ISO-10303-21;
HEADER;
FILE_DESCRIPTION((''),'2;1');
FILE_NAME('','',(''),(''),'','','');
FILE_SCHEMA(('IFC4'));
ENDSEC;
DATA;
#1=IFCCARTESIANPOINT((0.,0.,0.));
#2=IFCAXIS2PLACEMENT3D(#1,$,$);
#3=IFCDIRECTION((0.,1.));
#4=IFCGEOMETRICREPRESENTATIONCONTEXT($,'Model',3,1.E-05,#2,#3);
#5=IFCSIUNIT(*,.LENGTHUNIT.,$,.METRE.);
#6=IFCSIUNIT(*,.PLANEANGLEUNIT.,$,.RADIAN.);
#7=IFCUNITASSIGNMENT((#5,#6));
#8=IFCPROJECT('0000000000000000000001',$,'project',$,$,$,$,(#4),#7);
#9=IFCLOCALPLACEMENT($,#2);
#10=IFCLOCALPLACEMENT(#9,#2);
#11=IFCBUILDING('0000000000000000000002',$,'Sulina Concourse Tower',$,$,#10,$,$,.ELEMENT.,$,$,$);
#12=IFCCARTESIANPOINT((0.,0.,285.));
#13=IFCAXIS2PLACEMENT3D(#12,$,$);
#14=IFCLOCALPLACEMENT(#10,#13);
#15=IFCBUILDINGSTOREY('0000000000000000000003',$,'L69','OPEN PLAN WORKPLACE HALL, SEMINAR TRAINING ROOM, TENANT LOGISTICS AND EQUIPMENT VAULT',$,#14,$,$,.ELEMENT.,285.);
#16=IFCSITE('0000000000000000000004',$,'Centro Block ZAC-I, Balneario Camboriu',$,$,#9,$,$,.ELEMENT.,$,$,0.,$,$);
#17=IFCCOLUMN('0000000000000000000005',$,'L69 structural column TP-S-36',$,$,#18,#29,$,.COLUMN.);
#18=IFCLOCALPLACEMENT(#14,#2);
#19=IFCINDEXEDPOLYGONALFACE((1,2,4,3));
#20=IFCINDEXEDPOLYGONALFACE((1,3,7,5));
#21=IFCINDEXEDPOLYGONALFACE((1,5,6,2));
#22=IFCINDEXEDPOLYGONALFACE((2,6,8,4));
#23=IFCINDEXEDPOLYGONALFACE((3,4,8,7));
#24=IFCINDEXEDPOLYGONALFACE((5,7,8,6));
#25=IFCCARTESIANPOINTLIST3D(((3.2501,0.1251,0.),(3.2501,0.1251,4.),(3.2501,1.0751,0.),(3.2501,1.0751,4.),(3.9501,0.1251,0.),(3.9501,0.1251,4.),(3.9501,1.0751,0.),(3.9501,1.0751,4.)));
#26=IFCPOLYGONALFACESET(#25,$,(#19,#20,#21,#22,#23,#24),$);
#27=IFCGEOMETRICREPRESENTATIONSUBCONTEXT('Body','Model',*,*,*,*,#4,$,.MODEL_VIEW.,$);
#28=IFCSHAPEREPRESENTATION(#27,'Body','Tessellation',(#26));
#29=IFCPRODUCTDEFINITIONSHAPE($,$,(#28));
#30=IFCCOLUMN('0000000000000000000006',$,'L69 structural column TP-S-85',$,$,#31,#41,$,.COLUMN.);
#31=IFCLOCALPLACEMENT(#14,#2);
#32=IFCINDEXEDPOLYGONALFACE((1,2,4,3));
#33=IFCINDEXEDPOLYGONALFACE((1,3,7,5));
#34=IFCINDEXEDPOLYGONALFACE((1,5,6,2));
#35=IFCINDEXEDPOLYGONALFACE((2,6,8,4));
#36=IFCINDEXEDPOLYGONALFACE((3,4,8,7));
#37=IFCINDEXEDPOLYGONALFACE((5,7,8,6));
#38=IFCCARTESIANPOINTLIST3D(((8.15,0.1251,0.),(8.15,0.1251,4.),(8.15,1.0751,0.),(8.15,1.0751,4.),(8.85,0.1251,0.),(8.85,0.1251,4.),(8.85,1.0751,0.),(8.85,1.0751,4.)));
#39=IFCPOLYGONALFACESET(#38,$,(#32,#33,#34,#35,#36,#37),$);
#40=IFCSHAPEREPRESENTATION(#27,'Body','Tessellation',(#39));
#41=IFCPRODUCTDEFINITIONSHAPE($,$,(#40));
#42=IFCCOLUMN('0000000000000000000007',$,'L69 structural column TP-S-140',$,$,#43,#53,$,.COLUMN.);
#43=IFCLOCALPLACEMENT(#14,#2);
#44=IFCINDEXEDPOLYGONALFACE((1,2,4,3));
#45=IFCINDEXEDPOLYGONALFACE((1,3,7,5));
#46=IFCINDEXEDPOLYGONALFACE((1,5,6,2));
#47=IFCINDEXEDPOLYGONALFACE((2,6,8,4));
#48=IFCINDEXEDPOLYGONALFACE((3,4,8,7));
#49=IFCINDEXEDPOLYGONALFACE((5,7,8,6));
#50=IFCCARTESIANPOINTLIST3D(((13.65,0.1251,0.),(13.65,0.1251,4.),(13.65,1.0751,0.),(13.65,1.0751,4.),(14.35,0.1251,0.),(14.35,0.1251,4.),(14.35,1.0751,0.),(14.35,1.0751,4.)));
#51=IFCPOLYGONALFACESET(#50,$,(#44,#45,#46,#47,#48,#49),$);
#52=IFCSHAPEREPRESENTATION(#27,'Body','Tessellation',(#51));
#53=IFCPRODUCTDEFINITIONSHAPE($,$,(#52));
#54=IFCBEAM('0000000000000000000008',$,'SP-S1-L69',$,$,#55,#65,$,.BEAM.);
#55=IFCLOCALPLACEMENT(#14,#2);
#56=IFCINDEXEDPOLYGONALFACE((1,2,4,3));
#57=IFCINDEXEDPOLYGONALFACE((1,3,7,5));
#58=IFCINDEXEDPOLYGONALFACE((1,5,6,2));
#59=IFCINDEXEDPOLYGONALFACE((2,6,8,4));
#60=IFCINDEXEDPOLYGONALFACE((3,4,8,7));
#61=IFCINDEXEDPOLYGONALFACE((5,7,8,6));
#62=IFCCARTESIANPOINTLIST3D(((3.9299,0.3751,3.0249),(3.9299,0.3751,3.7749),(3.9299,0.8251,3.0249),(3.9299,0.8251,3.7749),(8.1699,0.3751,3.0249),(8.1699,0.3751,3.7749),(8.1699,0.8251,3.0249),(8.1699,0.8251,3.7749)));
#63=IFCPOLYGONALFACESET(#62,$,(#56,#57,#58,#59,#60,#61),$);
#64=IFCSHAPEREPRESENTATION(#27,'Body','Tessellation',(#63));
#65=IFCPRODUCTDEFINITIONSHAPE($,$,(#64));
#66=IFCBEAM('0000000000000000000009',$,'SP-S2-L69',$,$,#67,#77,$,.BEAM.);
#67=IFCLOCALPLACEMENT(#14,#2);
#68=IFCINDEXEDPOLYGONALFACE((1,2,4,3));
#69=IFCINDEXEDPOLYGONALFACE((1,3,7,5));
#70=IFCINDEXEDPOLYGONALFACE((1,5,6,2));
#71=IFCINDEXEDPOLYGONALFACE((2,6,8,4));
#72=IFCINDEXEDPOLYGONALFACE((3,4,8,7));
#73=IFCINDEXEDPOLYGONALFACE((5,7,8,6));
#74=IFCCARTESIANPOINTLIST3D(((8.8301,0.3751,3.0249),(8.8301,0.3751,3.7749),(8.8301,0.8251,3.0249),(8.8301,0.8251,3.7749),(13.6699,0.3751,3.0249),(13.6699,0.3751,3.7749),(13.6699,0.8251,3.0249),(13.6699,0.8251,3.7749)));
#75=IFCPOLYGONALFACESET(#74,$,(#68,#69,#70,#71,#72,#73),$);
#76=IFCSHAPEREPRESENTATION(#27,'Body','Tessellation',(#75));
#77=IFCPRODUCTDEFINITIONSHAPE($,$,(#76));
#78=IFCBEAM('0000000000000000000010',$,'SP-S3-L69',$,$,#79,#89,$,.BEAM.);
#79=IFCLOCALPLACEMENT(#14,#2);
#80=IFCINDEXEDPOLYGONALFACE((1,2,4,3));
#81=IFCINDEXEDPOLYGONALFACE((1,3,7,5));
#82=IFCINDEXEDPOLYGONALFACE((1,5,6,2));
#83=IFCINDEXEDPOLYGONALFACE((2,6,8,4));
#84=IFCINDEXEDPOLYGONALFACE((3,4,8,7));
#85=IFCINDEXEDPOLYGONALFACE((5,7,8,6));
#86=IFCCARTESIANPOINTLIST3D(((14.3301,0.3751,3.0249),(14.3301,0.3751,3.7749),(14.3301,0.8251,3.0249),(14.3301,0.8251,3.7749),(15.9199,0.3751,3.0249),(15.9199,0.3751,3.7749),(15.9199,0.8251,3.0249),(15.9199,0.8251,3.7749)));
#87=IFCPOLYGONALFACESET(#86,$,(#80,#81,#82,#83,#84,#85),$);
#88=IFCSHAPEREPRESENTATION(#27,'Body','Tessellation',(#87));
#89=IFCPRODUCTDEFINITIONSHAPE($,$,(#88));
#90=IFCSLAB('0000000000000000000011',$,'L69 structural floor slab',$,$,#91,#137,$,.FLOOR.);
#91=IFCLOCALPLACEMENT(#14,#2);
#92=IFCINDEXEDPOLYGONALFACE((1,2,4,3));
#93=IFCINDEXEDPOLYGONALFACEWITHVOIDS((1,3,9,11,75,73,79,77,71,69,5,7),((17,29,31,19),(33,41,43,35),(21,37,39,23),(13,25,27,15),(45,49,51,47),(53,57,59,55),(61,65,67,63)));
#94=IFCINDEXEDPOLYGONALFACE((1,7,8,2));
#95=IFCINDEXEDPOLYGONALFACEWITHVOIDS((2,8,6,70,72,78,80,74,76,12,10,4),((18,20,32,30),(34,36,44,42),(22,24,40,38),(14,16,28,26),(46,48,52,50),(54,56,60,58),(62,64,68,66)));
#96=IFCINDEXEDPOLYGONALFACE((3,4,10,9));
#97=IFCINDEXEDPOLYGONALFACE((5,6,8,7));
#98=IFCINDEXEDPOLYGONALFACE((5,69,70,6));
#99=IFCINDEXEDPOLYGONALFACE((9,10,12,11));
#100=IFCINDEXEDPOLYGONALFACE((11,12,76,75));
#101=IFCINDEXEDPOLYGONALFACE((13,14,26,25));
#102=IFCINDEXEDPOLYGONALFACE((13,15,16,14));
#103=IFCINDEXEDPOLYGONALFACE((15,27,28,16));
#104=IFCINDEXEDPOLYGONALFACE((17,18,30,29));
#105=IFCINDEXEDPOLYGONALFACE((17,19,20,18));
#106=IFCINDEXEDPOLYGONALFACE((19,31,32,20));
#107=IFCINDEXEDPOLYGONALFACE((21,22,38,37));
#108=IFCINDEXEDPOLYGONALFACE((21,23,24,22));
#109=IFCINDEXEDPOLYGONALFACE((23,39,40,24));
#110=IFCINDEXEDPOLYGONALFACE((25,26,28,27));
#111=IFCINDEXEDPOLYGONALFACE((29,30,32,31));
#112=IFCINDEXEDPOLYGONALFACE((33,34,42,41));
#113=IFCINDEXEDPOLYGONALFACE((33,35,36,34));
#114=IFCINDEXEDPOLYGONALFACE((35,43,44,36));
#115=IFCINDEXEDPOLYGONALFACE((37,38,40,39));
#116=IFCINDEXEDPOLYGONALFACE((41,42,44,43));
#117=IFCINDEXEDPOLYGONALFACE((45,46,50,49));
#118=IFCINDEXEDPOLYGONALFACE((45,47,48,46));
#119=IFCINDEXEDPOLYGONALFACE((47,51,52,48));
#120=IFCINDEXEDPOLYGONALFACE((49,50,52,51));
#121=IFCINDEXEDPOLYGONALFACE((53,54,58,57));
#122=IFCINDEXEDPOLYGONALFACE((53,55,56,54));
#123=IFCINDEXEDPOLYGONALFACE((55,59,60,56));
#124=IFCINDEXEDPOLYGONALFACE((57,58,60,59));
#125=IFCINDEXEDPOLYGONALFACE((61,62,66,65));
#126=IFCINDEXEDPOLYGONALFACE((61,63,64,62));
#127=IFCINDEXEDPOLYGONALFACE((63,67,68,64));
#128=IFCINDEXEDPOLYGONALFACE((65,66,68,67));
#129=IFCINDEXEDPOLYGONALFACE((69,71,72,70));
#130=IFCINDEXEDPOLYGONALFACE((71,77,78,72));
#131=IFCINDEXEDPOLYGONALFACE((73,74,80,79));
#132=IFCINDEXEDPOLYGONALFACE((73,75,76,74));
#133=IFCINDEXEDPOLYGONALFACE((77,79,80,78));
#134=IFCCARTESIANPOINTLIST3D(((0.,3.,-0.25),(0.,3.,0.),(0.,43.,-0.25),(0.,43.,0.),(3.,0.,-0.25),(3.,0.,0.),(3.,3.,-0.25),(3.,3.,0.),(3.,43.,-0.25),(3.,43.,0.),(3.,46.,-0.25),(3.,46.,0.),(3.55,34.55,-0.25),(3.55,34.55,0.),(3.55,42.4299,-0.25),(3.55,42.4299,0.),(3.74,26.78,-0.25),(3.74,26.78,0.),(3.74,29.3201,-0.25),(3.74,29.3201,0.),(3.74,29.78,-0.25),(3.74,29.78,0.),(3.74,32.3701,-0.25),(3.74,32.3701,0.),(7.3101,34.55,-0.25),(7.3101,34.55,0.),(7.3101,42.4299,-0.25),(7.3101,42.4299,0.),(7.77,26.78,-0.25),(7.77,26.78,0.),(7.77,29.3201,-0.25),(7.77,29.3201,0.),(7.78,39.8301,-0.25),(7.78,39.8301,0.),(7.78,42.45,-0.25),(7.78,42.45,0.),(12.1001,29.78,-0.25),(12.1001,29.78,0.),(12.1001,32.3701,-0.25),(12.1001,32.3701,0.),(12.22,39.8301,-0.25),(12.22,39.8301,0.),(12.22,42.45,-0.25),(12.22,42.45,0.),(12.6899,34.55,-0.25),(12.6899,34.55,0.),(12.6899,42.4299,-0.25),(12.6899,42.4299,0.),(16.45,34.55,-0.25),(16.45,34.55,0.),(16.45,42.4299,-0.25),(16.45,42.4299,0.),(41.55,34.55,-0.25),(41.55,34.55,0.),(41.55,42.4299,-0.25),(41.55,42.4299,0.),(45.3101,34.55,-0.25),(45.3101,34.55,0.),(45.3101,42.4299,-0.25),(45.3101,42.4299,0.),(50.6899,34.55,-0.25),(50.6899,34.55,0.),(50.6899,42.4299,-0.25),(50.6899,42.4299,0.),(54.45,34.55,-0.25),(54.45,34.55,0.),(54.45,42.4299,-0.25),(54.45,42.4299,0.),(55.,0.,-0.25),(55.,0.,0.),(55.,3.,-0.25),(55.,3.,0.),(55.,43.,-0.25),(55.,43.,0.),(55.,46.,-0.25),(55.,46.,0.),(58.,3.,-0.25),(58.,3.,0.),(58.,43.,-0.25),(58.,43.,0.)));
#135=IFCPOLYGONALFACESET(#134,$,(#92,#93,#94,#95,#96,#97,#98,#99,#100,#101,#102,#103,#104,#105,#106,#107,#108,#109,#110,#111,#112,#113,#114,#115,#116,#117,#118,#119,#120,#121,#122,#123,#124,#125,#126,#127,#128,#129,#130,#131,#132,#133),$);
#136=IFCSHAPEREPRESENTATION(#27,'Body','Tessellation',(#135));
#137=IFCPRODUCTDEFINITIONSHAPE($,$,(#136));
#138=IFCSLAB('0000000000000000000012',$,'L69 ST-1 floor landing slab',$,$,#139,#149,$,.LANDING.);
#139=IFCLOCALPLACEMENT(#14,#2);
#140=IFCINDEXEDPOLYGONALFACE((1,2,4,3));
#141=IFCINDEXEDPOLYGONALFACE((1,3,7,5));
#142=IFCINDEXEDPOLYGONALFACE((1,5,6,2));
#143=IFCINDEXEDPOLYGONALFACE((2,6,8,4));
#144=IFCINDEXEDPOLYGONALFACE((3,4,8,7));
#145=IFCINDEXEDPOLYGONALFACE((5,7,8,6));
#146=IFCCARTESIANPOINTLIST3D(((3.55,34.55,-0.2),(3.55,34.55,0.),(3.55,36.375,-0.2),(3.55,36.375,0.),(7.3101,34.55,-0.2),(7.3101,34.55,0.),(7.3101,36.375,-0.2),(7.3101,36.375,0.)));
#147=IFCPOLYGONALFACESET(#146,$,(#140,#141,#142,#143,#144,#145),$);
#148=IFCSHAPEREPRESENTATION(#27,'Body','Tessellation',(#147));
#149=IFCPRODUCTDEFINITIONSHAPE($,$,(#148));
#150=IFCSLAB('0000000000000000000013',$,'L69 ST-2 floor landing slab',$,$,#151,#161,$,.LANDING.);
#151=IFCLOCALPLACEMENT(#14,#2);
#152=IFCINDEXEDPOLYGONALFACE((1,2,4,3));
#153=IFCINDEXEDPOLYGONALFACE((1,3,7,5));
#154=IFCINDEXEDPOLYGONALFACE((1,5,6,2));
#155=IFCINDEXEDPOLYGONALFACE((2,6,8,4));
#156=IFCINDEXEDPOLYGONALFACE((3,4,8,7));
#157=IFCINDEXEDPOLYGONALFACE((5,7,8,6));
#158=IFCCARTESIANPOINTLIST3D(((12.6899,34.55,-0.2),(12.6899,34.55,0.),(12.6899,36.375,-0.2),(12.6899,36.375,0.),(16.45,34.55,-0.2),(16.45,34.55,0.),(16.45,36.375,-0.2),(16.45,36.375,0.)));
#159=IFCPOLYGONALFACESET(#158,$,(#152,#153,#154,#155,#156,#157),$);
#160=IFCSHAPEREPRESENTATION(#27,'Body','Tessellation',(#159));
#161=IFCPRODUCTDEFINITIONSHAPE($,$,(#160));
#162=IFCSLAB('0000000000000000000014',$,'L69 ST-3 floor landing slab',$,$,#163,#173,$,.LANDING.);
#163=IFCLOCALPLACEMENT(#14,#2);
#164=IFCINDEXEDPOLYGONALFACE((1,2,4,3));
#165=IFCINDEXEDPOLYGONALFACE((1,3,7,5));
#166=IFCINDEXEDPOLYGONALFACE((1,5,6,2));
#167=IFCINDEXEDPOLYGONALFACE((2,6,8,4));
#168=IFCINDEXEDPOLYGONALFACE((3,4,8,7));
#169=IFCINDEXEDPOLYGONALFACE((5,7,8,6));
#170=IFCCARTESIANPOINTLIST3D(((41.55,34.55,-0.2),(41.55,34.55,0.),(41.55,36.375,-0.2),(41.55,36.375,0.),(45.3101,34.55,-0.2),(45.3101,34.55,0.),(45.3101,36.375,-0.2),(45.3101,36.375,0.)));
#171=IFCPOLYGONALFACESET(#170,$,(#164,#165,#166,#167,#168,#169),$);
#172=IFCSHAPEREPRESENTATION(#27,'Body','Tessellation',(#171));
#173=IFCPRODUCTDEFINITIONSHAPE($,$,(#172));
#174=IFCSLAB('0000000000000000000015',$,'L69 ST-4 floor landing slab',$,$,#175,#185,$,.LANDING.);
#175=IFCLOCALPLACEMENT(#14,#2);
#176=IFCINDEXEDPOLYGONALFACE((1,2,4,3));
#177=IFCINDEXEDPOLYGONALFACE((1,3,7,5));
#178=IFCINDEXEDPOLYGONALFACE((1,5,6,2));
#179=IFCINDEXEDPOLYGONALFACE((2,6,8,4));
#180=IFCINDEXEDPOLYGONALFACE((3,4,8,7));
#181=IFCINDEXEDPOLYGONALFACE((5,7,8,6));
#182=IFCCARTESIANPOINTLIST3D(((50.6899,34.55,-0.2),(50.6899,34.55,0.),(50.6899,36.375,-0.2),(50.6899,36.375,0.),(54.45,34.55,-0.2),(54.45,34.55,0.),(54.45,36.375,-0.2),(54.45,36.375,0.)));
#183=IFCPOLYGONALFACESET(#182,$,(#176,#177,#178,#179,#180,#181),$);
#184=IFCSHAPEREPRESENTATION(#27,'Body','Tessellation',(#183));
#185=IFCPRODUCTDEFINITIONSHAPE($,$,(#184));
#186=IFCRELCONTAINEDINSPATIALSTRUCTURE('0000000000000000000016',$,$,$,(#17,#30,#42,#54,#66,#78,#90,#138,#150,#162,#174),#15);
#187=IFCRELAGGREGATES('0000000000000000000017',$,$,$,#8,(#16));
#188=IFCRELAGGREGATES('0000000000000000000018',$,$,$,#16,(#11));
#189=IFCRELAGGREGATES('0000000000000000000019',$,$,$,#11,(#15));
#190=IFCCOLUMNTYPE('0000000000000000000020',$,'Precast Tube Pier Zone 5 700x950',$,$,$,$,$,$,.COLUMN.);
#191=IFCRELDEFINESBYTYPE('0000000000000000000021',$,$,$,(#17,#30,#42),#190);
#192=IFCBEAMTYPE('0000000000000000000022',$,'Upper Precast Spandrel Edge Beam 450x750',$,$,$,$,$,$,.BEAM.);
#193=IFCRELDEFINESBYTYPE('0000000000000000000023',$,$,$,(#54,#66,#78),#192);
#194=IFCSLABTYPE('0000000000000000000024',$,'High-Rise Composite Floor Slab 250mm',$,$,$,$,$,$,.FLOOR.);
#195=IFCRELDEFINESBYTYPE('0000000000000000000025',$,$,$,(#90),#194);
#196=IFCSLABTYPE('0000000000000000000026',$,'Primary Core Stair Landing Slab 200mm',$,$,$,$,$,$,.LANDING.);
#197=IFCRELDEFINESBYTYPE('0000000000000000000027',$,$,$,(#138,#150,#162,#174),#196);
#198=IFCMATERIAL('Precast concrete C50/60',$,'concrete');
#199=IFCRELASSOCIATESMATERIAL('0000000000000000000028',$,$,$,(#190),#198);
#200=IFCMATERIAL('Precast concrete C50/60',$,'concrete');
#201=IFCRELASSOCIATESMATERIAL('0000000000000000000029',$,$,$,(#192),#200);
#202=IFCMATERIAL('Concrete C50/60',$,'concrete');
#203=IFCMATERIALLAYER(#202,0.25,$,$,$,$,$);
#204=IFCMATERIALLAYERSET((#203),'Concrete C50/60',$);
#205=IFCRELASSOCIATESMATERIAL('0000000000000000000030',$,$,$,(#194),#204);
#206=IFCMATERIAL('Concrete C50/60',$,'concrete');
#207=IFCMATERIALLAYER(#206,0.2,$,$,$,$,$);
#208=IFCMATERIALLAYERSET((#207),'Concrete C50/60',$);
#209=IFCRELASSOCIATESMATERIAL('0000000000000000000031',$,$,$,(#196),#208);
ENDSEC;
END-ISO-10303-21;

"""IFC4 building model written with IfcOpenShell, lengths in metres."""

from ifc_helpers import new_model, si_unit, direction, frame, origin, origin_2d, place, context, subcontext, project, spatial, polyline, rectangle, outline, extrude, material, layer, layer_set, material_profile, profile_set, type_object, element, save


model = new_model("IFC4")

# Units and contexts
model_context = context("Model", 3, precision=1e-05, world=origin(), true_north=direction((0.0, 1.0)))
body_context = subcontext(model_context, "Body", "Model", "MODEL_VIEW")
ifc_project = project(units=[si_unit("LENGTHUNIT", "METRE"), si_unit("PLANEANGLEUNIT", "RADIAN")], contexts=[model_context])

# Site, building, storey
site_placement = place(None, origin())
site = spatial("IfcSite", under=ifc_project, at=site_placement, Name="Centro Block ZAC-I, Balneario Camboriu", CompositionType="ELEMENT", RefElevation=0.0)
building_placement = place(site_placement, origin())
building = spatial("IfcBuilding", under=site, at=building_placement, Name="Sulina Concourse Tower", CompositionType="ELEMENT")
storey_placement = place(building_placement, frame((0.0, 0.0, 285.0)))
storey = spatial("IfcBuildingStorey", under=building, at=storey_placement, Name="L69", Description="OPEN PLAN WORKPLACE HALL, SEMINAR TRAINING ROOM, TENANT LOGISTICS AND EQUIPMENT VAULT", CompositionType="ELEMENT", Elevation=285.0)

# Columns
ifc_material_1 = material(Name="Precast concrete C50/60", Category="concrete")
ifc_material_profile_1 = material_profile(ifc_material_1, rectangle(XDim=0.7, YDim=0.95, at=origin_2d()), Name="PC 700x950")
ifc_profile_set_1 = profile_set([ifc_material_profile_1], Name="Precast concrete C50/60")
column_type = type_object("IfcColumnType", Name="Precast Tube Pier Zone 5 700x950", PredefinedType="COLUMN", material=ifc_profile_set_1)
for number, where, z_axis, x_axis, name in (
    (1, (3.6001, 0.6001, 0.0), (0.0, 0.0, 1.0), (1.0, 0.0, 0.0), "L69 structural column TP-S-36"),
    (2, (8.5, 0.6001, 0.0), (0.0, 0.0, 1.0), (1.0, 0.0, 0.0), "L69 structural column TP-S-85"),
    (3, (14.0, 0.6001, 0.0), (0.0, 0.0, 1.0), (1.0, 0.0, 0.0), "L69 structural column TP-S-140"),
):
    element("IfcColumn", number, at=place(storey_placement, frame(where, z_axis=z_axis, x_axis=x_axis)), inside=storey, type_object=column_type, Name=name, PredefinedType="COLUMN", context=body_context, shape_type="SweptSolid", body=[
        extrude(rectangle(XDim=0.7, YDim=0.95, at=origin_2d()), origin(), (0.0, 0.0, 1.0), 4.0),
    ])

# Beams
ifc_material_2 = material(Name="Precast concrete C50/60", Category="concrete")
ifc_material_profile_2 = material_profile(ifc_material_2, rectangle(XDim=0.45, YDim=0.75, at=origin_2d()), Name="RC 450x750")
ifc_profile_set_2 = profile_set([ifc_material_profile_2], Name="Precast concrete C50/60")
beam_type = type_object("IfcBeamType", Name="Upper Precast Spandrel Edge Beam 450x750", PredefinedType="BEAM", material=ifc_profile_set_2)
beam_1_placement = place(storey_placement, frame((3.9299, 0.6001, 3.3999), z_axis=(1.0, 0.0, 0.0), x_axis=(0.0, 1.0, 0.0)))
element("IfcBeam", 4, at=beam_1_placement, inside=storey, type_object=beam_type, Name="SP-S1-L69", PredefinedType="BEAM", context=body_context, shape_type="SweptSolid", body=[
    extrude(rectangle(XDim=0.45, YDim=0.75, at=origin_2d()), origin(), (0.0, 0.0, 1.0), 4.24),
])
beam_2_placement = place(storey_placement, frame((8.8301, 0.6001, 3.3999), z_axis=(1.0, 0.0, 0.0), x_axis=(0.0, 1.0, 0.0)))
element("IfcBeam", 5, at=beam_2_placement, inside=storey, type_object=beam_type, Name="SP-S2-L69", PredefinedType="BEAM", context=body_context, shape_type="SweptSolid", body=[
    extrude(rectangle(XDim=0.45, YDim=0.75, at=origin_2d()), origin(), (0.0, 0.0, 1.0), 4.8398),
])
beam_3_placement = place(storey_placement, frame((14.3301, 0.6001, 3.3999), z_axis=(1.0, 0.0, 0.0), x_axis=(0.0, 1.0, 0.0)))
element("IfcBeam", 6, at=beam_3_placement, inside=storey, type_object=beam_type, Name="SP-S3-L69", PredefinedType="BEAM", context=body_context, shape_type="SweptSolid", body=[
    extrude(rectangle(XDim=0.45, YDim=0.75, at=origin_2d()), origin(), (0.0, 0.0, 1.0), 1.5898),
])

# Slabs
ifc_material_3 = material(Name="Concrete C50/60", Category="concrete")
ifc_layer_1 = layer(ifc_material_3, 0.25)
ifc_layer_set_1 = layer_set([ifc_layer_1], Name="Concrete C50/60")
slab_type_1 = type_object("IfcSlabType", Name="High-Rise Composite Floor Slab 250mm", PredefinedType="FLOOR", material=ifc_layer_set_1)
slab_1_placement = place(storey_placement, frame((0.0, 0.0, -0.25)))
element("IfcSlab", 7, at=slab_1_placement, inside=storey, type_object=slab_type_1, Name="L69 structural floor slab", PredefinedType="FLOOR", context=body_context, shape_type="SweptSolid", body=[
    extrude(outline(polyline([(3.0, 0.0), (55.0, 0.0), (55.0, 3.0), (58.0, 3.0), (58.0, 43.0), (55.0, 43.0), (55.0, 46.0), (3.0, 46.0), (3.0, 43.0), (0.0, 43.0), (0.0, 3.0), (3.0, 3.0), (3.0, 0.0)]), holes=[polyline([(7.3101, 34.55), (7.3101, 42.4299), (3.55, 42.4299), (3.55, 34.55), (7.3101, 34.55)]), polyline([(16.45, 34.55), (16.45, 42.4299), (12.6899, 42.4299), (12.6899, 34.55), (16.45, 34.55)]), polyline([(45.3101, 34.55), (45.3101, 42.4299), (41.55, 42.4299), (41.55, 34.55), (45.3101, 34.55)]), polyline([(54.45, 34.55), (54.45, 42.4299), (50.6899, 42.4299), (50.6899, 34.55), (54.45, 34.55)]), polyline([(7.78, 39.8301), (12.22, 39.8301), (12.22, 42.45), (7.78, 42.45), (7.78, 39.8301)]), polyline([(3.74, 26.78), (7.77, 26.78), (7.77, 29.3201), (3.74, 29.3201), (3.74, 26.78)]), polyline([(3.74, 29.78), (12.1001, 29.78), (12.1001, 32.3701), (3.74, 32.3701), (3.74, 29.78)])]), origin(), (0.0, 0.0, 1.0), 0.25),
])
ifc_material_4 = material(Name="Concrete C50/60", Category="concrete")
ifc_layer_2 = layer(ifc_material_4, 0.2)
ifc_layer_set_2 = layer_set([ifc_layer_2], Name="Concrete C50/60")
slab_type_2 = type_object("IfcSlabType", Name="Primary Core Stair Landing Slab 200mm", PredefinedType="LANDING", material=ifc_layer_set_2)
slab_2_placement = place(storey_placement, frame((0.0, 0.0, -0.2)))
element("IfcSlab", 8, at=slab_2_placement, inside=storey, type_object=slab_type_2, Name="L69 ST-1 floor landing slab", PredefinedType="LANDING", context=body_context, shape_type="SweptSolid", body=[
    extrude(outline(polyline([(7.3101, 34.55), (7.3101, 36.375), (3.55, 36.375), (3.55, 34.55), (7.3101, 34.55)])), origin(), (0.0, 0.0, 1.0), 0.2),
])
slab_3_placement = place(storey_placement, frame((0.0, 0.0, -0.2)))
element("IfcSlab", 9, at=slab_3_placement, inside=storey, type_object=slab_type_2, Name="L69 ST-2 floor landing slab", PredefinedType="LANDING", context=body_context, shape_type="SweptSolid", body=[
    extrude(outline(polyline([(16.45, 34.55), (16.45, 36.375), (12.6899, 36.375), (12.6899, 34.55), (16.45, 34.55)])), origin(), (0.0, 0.0, 1.0), 0.2),
])
slab_4_placement = place(storey_placement, frame((0.0, 0.0, -0.2)))
element("IfcSlab", 10, at=slab_4_placement, inside=storey, type_object=slab_type_2, Name="L69 ST-3 floor landing slab", PredefinedType="LANDING", context=body_context, shape_type="SweptSolid", body=[
    extrude(outline(polyline([(45.3101, 34.55), (45.3101, 36.375), (41.55, 36.375), (41.55, 34.55), (45.3101, 34.55)])), origin(), (0.0, 0.0, 1.0), 0.2),
])
slab_5_placement = place(storey_placement, frame((0.0, 0.0, -0.2)))
element("IfcSlab", 11, at=slab_5_placement, inside=storey, type_object=slab_type_2, Name="L69 ST-4 floor landing slab", PredefinedType="LANDING", context=body_context, shape_type="SweptSolid", body=[
    extrude(outline(polyline([(54.45, 34.55), (54.45, 36.375), (50.6899, 36.375), (50.6899, 34.55), (54.45, 34.55)])), origin(), (0.0, 0.0, 1.0), 0.2),
])

save(model, "model.ifc")
